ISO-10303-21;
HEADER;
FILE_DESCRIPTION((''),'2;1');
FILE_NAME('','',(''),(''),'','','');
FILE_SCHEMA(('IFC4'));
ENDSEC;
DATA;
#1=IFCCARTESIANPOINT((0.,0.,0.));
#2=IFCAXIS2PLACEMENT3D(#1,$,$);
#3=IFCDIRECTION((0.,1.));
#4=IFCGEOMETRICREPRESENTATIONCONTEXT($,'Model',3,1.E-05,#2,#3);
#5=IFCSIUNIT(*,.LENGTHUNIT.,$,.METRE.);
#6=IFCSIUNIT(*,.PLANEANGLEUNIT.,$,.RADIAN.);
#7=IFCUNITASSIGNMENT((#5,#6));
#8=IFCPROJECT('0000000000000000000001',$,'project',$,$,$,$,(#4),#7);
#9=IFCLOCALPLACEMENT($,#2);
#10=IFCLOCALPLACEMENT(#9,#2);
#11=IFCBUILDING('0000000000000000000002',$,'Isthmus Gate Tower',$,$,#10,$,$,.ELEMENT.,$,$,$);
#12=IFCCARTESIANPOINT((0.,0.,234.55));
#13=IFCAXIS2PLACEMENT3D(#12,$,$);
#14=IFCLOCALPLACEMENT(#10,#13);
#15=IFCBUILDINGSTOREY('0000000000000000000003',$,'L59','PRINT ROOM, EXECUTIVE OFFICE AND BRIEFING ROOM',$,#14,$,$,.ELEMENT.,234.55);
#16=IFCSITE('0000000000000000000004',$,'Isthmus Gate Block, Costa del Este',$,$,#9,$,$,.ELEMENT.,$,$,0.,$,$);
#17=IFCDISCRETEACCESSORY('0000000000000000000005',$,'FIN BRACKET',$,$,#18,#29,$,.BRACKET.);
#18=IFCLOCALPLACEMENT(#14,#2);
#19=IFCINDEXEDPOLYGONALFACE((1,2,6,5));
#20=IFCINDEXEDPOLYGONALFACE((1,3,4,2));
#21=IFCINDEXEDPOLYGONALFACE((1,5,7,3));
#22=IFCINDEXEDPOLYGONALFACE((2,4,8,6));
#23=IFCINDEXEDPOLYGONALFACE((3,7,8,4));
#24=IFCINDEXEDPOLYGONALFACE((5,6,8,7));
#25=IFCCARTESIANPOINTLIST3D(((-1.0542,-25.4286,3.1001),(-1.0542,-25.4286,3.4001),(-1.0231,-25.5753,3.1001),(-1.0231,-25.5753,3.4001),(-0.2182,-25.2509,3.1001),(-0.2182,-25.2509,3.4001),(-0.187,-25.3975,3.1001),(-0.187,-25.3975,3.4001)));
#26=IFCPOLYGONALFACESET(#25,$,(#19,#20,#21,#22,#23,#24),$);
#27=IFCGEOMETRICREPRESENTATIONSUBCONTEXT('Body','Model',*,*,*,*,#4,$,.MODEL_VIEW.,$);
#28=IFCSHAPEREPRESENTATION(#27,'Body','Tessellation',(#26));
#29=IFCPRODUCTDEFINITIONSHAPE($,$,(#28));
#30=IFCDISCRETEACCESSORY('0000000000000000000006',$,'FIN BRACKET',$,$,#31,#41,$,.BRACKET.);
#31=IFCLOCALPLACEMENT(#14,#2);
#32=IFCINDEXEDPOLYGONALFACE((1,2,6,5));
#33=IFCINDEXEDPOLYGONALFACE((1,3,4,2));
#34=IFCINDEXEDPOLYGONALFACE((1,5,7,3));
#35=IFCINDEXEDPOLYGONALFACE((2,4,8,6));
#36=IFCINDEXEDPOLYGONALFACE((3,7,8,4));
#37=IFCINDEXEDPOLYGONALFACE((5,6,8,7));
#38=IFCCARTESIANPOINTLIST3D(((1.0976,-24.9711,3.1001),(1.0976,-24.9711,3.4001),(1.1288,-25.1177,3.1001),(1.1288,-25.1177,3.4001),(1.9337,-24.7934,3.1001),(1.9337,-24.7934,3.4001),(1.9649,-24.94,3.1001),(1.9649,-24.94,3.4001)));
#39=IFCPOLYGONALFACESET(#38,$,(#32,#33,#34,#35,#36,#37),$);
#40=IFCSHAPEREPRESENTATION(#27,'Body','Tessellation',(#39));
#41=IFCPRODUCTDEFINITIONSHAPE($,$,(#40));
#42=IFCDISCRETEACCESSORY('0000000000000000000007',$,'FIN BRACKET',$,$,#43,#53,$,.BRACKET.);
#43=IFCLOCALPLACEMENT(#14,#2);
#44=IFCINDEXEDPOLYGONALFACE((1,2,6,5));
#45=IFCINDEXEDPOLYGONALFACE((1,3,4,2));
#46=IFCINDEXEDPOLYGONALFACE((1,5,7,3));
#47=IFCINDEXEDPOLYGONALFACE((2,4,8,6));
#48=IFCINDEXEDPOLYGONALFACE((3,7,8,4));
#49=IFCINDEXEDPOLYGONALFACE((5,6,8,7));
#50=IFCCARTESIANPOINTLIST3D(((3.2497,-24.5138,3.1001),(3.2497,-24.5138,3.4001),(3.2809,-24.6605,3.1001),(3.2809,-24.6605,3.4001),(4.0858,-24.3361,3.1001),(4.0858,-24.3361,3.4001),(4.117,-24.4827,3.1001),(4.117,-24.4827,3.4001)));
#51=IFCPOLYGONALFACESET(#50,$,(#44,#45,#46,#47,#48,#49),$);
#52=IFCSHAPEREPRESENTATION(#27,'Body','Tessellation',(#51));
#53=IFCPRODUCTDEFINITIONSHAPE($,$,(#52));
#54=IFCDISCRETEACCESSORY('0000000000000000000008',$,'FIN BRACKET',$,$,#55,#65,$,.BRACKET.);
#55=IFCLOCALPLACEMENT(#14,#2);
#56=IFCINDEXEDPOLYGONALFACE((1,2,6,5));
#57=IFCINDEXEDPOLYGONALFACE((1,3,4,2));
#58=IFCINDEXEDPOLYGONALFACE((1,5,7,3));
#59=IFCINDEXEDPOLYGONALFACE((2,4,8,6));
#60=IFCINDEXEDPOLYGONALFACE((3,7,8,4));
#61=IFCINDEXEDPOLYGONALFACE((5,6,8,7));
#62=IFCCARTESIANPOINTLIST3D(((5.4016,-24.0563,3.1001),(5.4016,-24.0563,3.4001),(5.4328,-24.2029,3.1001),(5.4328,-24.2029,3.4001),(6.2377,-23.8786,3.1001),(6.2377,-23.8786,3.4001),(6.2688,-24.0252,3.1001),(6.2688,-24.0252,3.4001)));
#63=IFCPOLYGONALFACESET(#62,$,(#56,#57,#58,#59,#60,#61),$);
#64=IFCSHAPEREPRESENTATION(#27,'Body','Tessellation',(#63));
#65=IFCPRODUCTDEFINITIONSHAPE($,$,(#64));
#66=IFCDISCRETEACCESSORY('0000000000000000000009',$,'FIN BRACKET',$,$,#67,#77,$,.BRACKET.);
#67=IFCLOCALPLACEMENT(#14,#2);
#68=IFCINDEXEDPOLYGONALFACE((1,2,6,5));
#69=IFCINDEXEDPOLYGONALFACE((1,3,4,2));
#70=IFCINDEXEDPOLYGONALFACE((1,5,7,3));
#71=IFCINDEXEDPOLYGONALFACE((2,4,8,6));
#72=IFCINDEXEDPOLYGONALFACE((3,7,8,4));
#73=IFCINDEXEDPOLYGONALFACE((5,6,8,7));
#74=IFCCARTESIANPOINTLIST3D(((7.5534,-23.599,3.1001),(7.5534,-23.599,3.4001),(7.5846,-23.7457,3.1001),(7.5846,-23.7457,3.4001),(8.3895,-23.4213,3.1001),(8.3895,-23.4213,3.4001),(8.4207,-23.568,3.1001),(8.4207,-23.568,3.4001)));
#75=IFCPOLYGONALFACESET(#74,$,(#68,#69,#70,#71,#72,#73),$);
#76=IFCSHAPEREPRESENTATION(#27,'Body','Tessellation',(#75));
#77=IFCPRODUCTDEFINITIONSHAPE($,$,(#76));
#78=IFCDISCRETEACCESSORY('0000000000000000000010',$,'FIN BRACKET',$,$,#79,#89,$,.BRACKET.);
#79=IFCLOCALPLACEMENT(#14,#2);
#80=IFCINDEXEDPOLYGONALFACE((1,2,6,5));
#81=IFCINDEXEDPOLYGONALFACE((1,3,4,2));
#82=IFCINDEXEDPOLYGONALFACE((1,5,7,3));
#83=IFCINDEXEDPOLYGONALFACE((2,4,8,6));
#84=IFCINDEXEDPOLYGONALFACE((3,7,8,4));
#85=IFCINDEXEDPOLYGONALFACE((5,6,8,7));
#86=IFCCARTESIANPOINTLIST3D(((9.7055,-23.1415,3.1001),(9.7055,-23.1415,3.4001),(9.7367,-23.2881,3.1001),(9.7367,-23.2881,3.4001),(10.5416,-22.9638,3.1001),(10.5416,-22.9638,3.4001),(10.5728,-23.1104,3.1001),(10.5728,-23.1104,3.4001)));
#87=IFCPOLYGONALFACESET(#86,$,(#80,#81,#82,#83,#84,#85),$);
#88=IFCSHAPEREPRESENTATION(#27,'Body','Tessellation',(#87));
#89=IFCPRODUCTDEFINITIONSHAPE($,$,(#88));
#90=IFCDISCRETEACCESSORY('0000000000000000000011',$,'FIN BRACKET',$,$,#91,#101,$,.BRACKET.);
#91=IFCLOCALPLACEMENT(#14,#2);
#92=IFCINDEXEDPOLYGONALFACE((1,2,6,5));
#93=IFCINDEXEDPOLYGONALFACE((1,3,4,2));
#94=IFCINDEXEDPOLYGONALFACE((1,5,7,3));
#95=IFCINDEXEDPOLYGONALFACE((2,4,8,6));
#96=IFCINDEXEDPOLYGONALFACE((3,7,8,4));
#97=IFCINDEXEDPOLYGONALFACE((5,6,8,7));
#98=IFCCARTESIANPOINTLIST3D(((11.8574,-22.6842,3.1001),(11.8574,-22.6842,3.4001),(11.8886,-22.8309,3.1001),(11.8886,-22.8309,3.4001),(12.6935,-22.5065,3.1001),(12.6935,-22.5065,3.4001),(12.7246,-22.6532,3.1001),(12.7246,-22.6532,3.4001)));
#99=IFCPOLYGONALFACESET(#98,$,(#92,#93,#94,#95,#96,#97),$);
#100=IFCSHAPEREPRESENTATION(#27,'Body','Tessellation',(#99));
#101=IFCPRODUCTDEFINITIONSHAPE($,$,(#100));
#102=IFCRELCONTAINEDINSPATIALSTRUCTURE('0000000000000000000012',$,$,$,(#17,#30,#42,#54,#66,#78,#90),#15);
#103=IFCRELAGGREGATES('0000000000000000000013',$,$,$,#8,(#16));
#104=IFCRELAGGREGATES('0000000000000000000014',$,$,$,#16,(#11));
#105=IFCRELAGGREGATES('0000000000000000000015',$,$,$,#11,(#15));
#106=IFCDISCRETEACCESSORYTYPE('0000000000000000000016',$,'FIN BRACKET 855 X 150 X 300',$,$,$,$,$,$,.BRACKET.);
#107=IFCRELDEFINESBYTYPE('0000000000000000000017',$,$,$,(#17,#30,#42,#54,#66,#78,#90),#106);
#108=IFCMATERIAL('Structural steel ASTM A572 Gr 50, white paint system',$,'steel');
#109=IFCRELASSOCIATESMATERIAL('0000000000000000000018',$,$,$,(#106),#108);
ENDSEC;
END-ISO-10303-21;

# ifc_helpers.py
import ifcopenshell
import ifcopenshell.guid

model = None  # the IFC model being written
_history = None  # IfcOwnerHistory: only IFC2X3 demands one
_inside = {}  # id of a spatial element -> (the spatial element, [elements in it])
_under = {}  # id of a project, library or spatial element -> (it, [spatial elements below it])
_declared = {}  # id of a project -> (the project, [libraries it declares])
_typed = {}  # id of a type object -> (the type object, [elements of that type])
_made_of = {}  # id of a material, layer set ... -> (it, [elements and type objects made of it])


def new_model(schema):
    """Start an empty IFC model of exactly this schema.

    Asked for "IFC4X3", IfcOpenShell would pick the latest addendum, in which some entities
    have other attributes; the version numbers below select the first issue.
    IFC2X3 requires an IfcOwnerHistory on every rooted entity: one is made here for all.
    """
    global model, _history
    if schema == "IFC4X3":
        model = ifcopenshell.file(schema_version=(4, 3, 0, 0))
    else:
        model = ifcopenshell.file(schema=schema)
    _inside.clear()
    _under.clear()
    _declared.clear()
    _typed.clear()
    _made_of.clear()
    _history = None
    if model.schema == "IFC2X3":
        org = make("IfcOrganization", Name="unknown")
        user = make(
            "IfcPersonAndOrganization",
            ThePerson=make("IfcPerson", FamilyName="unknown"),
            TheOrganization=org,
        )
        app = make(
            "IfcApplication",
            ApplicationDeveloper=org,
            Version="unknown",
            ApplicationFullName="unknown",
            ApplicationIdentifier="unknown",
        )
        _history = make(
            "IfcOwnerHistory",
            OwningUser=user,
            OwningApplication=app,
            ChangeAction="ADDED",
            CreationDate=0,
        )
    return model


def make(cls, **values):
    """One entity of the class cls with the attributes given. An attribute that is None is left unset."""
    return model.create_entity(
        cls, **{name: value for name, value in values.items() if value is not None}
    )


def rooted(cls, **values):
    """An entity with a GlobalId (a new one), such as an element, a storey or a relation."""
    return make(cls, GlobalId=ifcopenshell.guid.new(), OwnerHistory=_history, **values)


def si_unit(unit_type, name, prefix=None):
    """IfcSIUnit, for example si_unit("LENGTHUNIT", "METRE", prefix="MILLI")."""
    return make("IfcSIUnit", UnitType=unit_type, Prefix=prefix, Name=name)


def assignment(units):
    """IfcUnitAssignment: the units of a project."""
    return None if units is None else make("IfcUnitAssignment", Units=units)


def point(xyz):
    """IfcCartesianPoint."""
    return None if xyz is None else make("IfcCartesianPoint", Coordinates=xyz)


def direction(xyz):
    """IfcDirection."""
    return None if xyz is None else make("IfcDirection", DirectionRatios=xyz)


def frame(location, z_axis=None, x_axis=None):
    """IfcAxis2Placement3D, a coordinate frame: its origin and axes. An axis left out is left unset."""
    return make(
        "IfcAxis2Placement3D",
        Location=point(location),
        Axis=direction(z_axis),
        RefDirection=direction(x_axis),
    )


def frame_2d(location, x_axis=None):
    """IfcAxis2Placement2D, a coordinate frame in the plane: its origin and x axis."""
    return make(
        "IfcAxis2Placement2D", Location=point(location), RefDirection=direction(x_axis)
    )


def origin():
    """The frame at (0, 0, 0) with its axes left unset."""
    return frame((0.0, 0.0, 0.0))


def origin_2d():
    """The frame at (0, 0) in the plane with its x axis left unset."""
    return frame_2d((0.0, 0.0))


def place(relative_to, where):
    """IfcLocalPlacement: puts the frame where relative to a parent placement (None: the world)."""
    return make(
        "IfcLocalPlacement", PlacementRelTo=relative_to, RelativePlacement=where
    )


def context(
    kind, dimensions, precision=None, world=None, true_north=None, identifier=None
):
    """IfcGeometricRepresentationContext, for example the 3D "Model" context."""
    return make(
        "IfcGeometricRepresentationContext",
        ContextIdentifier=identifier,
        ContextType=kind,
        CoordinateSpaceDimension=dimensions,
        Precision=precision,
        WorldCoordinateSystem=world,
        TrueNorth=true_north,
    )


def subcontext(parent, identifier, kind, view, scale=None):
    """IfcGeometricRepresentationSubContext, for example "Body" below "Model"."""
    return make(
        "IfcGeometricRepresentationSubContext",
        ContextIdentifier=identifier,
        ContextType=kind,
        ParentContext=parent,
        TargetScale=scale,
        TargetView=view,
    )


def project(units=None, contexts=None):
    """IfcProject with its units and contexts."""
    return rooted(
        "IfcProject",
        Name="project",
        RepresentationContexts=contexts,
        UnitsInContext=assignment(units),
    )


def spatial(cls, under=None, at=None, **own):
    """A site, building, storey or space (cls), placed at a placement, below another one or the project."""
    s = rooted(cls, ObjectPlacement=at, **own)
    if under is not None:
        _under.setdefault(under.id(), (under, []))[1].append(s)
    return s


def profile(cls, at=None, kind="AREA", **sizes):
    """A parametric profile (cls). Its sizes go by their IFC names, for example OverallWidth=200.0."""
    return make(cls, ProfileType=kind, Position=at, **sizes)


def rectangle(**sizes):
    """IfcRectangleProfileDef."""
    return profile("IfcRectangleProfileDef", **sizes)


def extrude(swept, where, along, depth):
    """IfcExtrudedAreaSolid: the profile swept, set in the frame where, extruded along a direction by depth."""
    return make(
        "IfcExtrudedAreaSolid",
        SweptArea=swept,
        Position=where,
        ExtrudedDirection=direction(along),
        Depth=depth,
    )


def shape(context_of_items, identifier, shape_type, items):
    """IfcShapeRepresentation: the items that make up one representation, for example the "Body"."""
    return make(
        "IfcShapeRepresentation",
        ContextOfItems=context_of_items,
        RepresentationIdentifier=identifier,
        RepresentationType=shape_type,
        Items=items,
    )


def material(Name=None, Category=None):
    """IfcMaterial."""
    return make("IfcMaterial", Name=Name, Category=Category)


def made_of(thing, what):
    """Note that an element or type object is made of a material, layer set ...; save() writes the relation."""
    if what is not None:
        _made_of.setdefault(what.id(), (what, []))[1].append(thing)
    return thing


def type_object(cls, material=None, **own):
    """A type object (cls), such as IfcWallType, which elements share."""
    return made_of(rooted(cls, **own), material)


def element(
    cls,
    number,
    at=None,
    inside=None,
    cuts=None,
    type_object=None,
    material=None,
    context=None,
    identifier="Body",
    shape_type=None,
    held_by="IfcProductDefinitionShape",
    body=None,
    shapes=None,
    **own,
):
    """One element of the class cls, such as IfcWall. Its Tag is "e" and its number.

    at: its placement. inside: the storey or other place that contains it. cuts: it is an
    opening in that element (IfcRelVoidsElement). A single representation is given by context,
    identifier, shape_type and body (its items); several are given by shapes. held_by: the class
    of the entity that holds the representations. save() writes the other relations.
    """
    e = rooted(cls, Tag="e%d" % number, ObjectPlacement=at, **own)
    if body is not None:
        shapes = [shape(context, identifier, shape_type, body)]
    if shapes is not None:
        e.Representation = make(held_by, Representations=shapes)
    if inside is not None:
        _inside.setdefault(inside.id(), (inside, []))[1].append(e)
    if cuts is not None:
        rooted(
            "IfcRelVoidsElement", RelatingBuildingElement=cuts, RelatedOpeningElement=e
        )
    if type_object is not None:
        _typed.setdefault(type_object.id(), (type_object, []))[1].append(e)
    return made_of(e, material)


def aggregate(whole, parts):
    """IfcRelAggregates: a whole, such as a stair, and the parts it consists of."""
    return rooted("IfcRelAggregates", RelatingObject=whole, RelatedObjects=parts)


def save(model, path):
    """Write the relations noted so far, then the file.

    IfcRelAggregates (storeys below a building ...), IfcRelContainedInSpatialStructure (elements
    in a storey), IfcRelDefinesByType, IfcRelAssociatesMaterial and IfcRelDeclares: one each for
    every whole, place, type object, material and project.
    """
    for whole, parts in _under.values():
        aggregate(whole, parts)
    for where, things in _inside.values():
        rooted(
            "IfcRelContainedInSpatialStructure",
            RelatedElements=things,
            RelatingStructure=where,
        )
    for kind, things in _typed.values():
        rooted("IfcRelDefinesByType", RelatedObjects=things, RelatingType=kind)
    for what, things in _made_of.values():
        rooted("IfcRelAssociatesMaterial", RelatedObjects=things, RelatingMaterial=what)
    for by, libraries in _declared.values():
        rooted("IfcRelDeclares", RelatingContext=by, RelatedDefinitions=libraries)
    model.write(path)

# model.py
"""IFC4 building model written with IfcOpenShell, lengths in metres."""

from ifc_helpers import new_model, si_unit, direction, frame, origin, origin_2d, place, context, subcontext, project, spatial, rectangle, extrude, material, type_object, element, save


model = new_model("IFC4")

# Units and contexts
model_context = context("Model", 3, precision=1e-05, world=origin(), true_north=direction((0.0, 1.0)))
body_context = subcontext(model_context, "Body", "Model", "MODEL_VIEW")
ifc_project = project(units=[si_unit("LENGTHUNIT", "METRE"), si_unit("PLANEANGLEUNIT", "RADIAN")], contexts=[model_context])

# Site, building, storey
site_placement = place(None, origin())
site = spatial("IfcSite", under=ifc_project, at=site_placement, Name="Isthmus Gate Block, Costa del Este", CompositionType="ELEMENT", RefElevation=0.0)
building_placement = place(site_placement, origin())
building = spatial("IfcBuilding", under=site, at=building_placement, Name="Isthmus Gate Tower", CompositionType="ELEMENT")
storey_placement = place(building_placement, frame((0.0, 0.0, 234.55)))
storey = spatial("IfcBuildingStorey", under=building, at=storey_placement, Name="L59", Description="PRINT ROOM, EXECUTIVE OFFICE AND BRIEFING ROOM", CompositionType="ELEMENT", Elevation=234.55)

# Discrete accessories
ifc_material_1 = material(Name="Structural steel ASTM A572 Gr 50, white paint system", Category="steel")
discrete_accessory_type = type_object("IfcDiscreteAccessoryType", Name="FIN BRACKET 855 X 150 X 300", PredefinedType="BRACKET", material=ifc_material_1)
for number, where, z_axis, x_axis, name in (
    (1, (-0.6206, -25.4131, 3.1001), (0.0, 0.0, 1.0), (0.207912, -0.978148, 0.0), "FIN BRACKET"),
    (2, (1.5312, -24.9556, 3.1001), (0.0, 0.0, 1.0), (0.207912, -0.978148, 0.0), "FIN BRACKET"),
    (3, (3.6833, -24.4983, 3.1001), (0.0, 0.0, 1.0), (0.207912, -0.978148, 0.0), "FIN BRACKET"),
    (4, (5.8352, -24.0408, 3.1001), (0.0, 0.0, 1.0), (0.207912, -0.978148, 0.0), "FIN BRACKET"),
    (5, (7.9871, -23.5835, 3.1001), (0.0, 0.0, 1.0), (0.207912, -0.978148, 0.0), "FIN BRACKET"),
    (6, (10.1392, -23.126, 3.1001), (0.0, 0.0, 1.0), (0.207912, -0.978148, 0.0), "FIN BRACKET"),
    (7, (12.291, -22.6687, 3.1001), (0.0, 0.0, 1.0), (0.207912, -0.978148, 0.0), "FIN BRACKET"),
):
    element("IfcDiscreteAccessory", number, at=place(storey_placement, frame(where, z_axis=z_axis, x_axis=x_axis)), inside=storey, type_object=discrete_accessory_type, Name=name, PredefinedType="BRACKET", context=body_context, shape_type="SweptSolid", body=[
        extrude(rectangle(XDim=0.1499, YDim=0.8547, at=origin_2d()), origin(), (0.0, 0.0, 1.0), 0.3),
    ])

save(model, "model.ifc")
